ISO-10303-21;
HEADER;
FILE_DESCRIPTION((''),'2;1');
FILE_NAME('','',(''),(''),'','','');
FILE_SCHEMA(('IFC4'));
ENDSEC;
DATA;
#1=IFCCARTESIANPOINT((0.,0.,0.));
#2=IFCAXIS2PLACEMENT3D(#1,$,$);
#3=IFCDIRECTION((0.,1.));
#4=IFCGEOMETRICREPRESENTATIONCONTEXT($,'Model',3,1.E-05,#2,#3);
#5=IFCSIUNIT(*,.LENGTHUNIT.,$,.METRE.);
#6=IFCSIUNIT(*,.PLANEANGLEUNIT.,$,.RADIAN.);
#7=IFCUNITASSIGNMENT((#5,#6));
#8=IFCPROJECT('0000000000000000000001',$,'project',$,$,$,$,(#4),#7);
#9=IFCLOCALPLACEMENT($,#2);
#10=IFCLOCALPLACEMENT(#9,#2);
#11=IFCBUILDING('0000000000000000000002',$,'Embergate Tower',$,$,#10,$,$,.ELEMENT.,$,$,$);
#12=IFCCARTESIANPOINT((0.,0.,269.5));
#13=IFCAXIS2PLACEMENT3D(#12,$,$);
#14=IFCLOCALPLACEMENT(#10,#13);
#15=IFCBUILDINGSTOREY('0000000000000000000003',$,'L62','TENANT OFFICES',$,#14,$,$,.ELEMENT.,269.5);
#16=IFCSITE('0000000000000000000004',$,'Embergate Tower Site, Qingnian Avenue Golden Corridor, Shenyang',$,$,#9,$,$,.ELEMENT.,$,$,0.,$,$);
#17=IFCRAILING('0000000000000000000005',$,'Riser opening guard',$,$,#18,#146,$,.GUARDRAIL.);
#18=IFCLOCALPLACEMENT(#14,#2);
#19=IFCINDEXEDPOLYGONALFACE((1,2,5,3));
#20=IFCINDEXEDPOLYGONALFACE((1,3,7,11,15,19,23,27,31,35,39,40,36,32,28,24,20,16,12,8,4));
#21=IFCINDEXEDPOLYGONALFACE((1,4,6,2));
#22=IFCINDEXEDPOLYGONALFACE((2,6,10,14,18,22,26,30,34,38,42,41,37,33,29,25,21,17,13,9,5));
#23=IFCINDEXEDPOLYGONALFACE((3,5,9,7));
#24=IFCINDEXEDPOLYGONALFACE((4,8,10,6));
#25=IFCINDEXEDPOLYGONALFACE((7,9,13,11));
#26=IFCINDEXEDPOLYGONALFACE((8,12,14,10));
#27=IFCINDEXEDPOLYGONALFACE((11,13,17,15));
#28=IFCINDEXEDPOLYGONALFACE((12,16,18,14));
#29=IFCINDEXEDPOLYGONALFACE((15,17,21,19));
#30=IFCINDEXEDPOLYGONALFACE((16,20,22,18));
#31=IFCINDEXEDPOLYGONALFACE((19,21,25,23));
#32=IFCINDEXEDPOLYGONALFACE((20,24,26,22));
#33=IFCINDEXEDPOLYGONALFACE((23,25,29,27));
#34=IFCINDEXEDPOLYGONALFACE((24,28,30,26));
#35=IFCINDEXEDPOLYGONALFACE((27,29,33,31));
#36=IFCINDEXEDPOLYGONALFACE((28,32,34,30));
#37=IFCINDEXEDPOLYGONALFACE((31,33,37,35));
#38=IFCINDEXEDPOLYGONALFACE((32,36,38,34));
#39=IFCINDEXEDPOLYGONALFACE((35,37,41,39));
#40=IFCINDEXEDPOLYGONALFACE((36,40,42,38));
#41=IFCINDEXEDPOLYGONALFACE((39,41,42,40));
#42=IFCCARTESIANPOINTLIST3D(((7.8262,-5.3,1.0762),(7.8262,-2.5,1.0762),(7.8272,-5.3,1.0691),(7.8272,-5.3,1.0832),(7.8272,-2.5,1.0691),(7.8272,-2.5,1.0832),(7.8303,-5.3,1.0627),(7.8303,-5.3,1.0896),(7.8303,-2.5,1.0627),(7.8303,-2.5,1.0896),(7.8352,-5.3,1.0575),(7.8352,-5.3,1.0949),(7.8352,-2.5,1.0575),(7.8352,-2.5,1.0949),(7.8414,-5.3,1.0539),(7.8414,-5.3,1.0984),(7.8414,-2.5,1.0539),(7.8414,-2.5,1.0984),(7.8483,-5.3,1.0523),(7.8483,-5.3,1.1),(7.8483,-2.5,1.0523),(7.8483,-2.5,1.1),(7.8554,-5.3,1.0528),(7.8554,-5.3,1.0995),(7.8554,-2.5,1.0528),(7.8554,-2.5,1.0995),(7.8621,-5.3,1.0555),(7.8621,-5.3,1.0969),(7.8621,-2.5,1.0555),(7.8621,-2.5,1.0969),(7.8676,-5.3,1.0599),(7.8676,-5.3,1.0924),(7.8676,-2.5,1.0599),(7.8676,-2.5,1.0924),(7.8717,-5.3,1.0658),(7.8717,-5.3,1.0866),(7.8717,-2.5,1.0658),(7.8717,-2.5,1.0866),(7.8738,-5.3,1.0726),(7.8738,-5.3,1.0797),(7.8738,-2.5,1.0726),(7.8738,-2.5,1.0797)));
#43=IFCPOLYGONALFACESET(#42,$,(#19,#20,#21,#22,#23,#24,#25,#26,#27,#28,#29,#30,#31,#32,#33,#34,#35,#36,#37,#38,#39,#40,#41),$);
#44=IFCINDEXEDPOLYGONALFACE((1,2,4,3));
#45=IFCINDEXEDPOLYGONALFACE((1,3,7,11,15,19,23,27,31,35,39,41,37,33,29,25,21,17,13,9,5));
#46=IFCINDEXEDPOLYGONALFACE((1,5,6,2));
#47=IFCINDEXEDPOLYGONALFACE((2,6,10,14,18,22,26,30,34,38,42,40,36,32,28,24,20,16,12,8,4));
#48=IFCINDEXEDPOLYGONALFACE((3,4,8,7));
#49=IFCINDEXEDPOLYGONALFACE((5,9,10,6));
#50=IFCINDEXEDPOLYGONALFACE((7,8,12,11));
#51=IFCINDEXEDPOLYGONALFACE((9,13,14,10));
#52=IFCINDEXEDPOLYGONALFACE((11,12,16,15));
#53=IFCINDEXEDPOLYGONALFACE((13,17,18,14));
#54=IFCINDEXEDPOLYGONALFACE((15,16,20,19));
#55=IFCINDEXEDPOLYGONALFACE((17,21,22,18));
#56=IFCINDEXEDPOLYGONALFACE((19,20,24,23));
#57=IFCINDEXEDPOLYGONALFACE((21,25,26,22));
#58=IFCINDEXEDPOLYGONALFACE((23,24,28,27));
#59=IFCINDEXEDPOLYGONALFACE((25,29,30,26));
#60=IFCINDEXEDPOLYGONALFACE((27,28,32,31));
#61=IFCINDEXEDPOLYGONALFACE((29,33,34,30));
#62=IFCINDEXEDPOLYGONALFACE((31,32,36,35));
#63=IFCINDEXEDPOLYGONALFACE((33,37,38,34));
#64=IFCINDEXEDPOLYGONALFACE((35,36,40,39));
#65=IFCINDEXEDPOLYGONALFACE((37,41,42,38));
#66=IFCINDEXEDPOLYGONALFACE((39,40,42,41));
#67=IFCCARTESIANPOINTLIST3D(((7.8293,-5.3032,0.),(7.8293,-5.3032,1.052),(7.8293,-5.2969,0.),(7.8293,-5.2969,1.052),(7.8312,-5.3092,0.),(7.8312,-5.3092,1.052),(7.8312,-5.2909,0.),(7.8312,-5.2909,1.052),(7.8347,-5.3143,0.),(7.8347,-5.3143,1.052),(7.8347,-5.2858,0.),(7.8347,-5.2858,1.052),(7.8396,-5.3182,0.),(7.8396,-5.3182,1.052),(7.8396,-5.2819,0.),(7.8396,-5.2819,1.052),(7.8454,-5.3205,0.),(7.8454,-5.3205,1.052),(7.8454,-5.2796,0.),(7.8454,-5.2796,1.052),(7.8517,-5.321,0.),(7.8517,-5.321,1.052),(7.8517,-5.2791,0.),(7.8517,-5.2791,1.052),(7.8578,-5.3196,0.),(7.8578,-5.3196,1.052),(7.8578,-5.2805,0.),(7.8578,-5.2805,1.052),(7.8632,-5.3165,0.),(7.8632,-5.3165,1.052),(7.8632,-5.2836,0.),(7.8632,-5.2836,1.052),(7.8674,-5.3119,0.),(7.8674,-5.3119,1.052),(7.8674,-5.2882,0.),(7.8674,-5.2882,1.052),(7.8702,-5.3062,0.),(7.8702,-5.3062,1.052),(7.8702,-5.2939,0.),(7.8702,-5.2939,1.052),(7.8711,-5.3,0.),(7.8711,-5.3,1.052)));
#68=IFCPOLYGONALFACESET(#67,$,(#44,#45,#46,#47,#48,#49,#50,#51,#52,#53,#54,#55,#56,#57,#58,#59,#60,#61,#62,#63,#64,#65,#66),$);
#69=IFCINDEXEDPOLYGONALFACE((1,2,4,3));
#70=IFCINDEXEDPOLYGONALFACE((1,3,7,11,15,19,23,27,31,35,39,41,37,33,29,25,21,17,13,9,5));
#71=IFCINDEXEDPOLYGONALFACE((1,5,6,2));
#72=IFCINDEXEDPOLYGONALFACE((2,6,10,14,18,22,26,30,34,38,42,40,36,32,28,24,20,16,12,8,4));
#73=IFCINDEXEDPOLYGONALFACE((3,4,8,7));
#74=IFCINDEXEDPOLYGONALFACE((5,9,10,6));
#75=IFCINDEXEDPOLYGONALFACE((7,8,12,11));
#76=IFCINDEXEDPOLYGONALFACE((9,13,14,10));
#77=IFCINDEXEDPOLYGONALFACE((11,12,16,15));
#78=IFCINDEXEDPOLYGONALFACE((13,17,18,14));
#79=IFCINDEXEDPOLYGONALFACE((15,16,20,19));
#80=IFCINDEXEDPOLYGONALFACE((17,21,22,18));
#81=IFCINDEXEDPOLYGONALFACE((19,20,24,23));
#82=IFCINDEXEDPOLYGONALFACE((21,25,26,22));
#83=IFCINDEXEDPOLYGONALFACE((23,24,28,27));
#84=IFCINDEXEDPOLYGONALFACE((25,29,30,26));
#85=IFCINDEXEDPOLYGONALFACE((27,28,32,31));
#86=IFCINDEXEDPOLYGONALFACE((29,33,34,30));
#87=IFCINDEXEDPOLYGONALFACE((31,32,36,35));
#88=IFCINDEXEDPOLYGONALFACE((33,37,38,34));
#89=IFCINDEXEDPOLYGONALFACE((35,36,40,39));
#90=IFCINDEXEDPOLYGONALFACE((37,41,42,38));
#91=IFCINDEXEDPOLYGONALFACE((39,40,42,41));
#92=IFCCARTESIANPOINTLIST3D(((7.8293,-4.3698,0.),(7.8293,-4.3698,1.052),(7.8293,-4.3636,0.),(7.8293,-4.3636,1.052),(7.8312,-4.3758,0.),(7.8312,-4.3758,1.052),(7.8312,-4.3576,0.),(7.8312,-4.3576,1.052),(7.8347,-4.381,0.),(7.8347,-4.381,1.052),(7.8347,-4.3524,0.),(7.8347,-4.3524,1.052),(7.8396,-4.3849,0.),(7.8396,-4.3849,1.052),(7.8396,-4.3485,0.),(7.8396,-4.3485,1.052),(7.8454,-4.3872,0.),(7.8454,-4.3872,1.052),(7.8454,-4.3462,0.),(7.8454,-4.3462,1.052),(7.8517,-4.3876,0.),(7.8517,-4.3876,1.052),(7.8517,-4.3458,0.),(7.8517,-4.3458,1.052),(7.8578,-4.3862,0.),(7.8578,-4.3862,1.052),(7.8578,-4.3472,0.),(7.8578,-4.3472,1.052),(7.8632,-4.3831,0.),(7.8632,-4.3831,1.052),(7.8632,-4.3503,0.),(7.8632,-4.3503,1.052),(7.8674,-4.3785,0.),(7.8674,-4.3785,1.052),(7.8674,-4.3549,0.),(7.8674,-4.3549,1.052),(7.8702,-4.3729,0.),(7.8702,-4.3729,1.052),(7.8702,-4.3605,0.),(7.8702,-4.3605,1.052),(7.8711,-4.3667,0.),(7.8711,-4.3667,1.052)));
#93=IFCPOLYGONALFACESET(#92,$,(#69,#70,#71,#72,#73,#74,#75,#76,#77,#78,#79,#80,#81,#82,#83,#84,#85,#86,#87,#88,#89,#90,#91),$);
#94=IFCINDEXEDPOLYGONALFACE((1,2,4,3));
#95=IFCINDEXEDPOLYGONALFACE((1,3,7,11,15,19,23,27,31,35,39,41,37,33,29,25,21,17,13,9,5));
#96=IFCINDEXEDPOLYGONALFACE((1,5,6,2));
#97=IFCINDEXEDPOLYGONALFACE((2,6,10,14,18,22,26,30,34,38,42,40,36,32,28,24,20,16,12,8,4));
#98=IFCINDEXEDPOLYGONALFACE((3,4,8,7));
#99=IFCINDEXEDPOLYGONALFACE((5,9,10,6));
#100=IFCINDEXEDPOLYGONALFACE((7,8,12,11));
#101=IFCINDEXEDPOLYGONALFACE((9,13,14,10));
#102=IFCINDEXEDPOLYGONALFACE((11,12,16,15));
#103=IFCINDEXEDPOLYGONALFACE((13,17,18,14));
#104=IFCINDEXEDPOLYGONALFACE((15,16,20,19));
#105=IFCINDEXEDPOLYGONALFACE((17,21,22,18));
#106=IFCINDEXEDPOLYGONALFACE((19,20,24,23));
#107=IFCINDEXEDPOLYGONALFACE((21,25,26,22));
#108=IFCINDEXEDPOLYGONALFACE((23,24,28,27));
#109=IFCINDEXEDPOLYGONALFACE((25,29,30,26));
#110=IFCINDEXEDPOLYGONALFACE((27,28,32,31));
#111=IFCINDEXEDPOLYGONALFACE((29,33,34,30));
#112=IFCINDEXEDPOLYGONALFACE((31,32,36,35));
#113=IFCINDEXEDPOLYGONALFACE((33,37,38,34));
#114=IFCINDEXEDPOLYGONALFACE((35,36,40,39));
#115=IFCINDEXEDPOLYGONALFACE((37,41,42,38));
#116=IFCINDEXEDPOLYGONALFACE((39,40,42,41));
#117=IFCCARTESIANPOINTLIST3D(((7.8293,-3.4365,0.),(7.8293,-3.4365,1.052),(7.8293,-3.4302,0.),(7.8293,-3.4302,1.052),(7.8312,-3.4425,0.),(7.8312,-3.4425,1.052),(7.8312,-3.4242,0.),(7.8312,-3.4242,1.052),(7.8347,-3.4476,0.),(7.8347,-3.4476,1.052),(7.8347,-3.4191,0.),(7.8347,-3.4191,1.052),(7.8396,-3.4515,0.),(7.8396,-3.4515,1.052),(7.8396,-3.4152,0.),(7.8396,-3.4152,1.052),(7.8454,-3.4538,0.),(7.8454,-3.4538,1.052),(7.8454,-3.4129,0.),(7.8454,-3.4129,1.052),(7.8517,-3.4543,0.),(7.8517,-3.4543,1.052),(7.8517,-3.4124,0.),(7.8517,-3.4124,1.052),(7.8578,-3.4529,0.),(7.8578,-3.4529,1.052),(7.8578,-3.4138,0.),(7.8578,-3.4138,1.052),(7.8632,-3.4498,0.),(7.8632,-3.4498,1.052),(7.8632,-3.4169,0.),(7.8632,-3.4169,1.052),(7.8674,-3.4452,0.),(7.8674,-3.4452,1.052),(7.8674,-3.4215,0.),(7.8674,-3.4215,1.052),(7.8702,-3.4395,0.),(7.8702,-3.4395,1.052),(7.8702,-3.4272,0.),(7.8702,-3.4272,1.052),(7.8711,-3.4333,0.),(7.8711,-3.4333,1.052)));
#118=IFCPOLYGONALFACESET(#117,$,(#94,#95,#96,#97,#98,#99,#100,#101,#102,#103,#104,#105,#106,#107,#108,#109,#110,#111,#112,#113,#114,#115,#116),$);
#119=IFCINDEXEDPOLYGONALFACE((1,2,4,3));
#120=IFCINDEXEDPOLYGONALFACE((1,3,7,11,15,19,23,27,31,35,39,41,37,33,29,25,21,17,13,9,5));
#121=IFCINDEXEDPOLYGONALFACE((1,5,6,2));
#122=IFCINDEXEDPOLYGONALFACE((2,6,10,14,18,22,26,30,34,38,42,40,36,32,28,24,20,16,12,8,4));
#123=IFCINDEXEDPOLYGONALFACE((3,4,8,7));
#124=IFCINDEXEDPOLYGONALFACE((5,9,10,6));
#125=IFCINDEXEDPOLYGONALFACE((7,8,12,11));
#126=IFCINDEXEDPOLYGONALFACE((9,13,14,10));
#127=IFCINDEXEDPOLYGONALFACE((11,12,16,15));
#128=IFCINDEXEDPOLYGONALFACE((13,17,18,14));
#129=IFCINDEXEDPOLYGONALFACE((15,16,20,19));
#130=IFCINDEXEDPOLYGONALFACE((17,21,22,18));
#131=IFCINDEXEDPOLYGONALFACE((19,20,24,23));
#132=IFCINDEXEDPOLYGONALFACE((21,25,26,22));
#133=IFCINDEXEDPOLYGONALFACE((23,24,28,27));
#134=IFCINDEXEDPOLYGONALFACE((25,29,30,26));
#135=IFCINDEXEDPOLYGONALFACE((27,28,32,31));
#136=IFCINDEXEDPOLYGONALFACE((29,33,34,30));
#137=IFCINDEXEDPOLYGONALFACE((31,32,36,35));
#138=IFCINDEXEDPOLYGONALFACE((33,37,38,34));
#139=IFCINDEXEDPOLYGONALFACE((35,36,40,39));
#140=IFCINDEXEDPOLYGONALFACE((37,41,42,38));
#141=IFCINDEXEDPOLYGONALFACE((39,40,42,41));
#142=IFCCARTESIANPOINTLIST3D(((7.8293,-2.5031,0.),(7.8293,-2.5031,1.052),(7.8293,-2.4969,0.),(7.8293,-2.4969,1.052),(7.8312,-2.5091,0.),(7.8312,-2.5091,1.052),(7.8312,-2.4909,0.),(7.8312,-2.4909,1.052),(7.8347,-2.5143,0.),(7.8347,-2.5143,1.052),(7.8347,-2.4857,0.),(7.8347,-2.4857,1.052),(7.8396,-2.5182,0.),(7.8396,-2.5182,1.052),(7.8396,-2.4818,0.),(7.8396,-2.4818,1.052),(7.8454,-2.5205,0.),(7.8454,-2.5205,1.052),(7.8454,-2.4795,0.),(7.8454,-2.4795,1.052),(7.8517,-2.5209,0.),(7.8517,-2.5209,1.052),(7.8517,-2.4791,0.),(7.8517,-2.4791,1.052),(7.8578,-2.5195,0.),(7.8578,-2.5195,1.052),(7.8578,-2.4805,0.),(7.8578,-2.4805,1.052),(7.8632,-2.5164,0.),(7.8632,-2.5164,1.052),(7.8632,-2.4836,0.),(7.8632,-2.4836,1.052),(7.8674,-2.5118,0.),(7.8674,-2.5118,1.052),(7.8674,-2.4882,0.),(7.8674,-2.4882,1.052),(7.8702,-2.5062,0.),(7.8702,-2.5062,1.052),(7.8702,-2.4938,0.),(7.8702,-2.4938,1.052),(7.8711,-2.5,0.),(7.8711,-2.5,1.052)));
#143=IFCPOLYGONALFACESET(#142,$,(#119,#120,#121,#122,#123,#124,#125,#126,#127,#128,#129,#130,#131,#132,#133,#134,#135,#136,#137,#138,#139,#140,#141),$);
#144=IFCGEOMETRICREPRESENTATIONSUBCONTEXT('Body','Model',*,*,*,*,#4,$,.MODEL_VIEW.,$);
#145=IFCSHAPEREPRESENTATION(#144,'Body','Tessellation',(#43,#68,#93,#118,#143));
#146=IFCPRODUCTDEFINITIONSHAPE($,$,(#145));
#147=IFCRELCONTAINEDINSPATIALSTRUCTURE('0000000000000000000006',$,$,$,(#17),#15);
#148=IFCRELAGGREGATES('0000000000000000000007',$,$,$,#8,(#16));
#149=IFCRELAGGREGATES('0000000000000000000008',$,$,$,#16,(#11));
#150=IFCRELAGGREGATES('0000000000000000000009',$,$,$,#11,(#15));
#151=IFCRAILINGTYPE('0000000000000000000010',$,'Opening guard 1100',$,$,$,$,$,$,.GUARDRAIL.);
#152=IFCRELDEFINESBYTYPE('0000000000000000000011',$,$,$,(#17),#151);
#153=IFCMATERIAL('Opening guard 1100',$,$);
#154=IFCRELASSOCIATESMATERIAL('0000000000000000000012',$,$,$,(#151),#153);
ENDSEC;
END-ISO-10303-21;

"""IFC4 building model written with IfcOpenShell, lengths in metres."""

from ifc_helpers import new_model, si_unit, direction, frame, origin, origin_2d, place, context, subcontext, project, spatial, circle, extrude, source, transform, mapped, material, type_object, element, save


model = new_model("IFC4")

# Units and contexts
model_context = context("Model", 3, precision=1e-05, world=origin(), true_north=direction((0.0, 1.0)))
body_context = subcontext(model_context, "Body", "Model", "MODEL_VIEW")
ifc_project = project(units=[si_unit("LENGTHUNIT", "METRE"), si_unit("PLANEANGLEUNIT", "RADIAN")], contexts=[model_context])

# Site, building, storey
site_placement = place(None, origin())
site = spatial("IfcSite", under=ifc_project, at=site_placement, Name="Embergate Tower Site, Qingnian Avenue Golden Corridor, Shenyang", CompositionType="ELEMENT", RefElevation=0.0)
building_placement = place(site_placement, origin())
building = spatial("IfcBuilding", under=site, at=building_placement, Name="Embergate Tower", CompositionType="ELEMENT")
storey_placement = place(building_placement, frame((0.0, 0.0, 269.5)))
storey = spatial("IfcBuildingStorey", under=building, at=storey_placement, Name="L62", Description="TENANT OFFICES", CompositionType="ELEMENT", Elevation=269.5)

# Railing
ifc_material_1 = material(Name="Opening guard 1100")
railing_type_1 = type_object("IfcRailingType", Name="Opening guard 1100", PredefinedType="GUARDRAIL", material=ifc_material_1)
shared_shape_1 = source(origin(), body_context, "Body", "SweptSolid", [
    extrude(circle(Radius=0.0239, at=origin_2d()), frame((0.0, 0.0, 1.0762), z_axis=(0.0, 1.0, 0.0), x_axis=(-1.0, 0.0, 0.0)), (0.0, 0.0, 1.0), 2.8),
    extrude(circle(Radius=0.021, at=origin_2d()), origin(), (0.0, 0.0, 1.0), 1.052),
    extrude(circle(Radius=0.021, at=origin_2d()), frame((0.0, 0.9333, 0.0)), (0.0, 0.0, 1.0), 1.052),
    extrude(circle(Radius=0.021, at=origin_2d()), frame((0.0, 1.8667, 0.0)), (0.0, 0.0, 1.0), 1.052),
    extrude(circle(Radius=0.021, at=origin_2d()), frame((0.0, 2.8, 0.0)), (0.0, 0.0, 1.0), 1.052),
])
railing_1_placement = place(storey_placement, frame((7.8501, -5.3, 0.0)))
element("IfcRailing", 1, at=railing_1_placement, inside=storey, type_object=railing_type_1, Name="Riser opening guard", PredefinedType="GUARDRAIL", context=body_context, shape_type="MappedRepresentation", body=[
    mapped(shared_shape_1, transform((0.0, 0.0, 0.0))),
])

save(model, "model.ifc")
